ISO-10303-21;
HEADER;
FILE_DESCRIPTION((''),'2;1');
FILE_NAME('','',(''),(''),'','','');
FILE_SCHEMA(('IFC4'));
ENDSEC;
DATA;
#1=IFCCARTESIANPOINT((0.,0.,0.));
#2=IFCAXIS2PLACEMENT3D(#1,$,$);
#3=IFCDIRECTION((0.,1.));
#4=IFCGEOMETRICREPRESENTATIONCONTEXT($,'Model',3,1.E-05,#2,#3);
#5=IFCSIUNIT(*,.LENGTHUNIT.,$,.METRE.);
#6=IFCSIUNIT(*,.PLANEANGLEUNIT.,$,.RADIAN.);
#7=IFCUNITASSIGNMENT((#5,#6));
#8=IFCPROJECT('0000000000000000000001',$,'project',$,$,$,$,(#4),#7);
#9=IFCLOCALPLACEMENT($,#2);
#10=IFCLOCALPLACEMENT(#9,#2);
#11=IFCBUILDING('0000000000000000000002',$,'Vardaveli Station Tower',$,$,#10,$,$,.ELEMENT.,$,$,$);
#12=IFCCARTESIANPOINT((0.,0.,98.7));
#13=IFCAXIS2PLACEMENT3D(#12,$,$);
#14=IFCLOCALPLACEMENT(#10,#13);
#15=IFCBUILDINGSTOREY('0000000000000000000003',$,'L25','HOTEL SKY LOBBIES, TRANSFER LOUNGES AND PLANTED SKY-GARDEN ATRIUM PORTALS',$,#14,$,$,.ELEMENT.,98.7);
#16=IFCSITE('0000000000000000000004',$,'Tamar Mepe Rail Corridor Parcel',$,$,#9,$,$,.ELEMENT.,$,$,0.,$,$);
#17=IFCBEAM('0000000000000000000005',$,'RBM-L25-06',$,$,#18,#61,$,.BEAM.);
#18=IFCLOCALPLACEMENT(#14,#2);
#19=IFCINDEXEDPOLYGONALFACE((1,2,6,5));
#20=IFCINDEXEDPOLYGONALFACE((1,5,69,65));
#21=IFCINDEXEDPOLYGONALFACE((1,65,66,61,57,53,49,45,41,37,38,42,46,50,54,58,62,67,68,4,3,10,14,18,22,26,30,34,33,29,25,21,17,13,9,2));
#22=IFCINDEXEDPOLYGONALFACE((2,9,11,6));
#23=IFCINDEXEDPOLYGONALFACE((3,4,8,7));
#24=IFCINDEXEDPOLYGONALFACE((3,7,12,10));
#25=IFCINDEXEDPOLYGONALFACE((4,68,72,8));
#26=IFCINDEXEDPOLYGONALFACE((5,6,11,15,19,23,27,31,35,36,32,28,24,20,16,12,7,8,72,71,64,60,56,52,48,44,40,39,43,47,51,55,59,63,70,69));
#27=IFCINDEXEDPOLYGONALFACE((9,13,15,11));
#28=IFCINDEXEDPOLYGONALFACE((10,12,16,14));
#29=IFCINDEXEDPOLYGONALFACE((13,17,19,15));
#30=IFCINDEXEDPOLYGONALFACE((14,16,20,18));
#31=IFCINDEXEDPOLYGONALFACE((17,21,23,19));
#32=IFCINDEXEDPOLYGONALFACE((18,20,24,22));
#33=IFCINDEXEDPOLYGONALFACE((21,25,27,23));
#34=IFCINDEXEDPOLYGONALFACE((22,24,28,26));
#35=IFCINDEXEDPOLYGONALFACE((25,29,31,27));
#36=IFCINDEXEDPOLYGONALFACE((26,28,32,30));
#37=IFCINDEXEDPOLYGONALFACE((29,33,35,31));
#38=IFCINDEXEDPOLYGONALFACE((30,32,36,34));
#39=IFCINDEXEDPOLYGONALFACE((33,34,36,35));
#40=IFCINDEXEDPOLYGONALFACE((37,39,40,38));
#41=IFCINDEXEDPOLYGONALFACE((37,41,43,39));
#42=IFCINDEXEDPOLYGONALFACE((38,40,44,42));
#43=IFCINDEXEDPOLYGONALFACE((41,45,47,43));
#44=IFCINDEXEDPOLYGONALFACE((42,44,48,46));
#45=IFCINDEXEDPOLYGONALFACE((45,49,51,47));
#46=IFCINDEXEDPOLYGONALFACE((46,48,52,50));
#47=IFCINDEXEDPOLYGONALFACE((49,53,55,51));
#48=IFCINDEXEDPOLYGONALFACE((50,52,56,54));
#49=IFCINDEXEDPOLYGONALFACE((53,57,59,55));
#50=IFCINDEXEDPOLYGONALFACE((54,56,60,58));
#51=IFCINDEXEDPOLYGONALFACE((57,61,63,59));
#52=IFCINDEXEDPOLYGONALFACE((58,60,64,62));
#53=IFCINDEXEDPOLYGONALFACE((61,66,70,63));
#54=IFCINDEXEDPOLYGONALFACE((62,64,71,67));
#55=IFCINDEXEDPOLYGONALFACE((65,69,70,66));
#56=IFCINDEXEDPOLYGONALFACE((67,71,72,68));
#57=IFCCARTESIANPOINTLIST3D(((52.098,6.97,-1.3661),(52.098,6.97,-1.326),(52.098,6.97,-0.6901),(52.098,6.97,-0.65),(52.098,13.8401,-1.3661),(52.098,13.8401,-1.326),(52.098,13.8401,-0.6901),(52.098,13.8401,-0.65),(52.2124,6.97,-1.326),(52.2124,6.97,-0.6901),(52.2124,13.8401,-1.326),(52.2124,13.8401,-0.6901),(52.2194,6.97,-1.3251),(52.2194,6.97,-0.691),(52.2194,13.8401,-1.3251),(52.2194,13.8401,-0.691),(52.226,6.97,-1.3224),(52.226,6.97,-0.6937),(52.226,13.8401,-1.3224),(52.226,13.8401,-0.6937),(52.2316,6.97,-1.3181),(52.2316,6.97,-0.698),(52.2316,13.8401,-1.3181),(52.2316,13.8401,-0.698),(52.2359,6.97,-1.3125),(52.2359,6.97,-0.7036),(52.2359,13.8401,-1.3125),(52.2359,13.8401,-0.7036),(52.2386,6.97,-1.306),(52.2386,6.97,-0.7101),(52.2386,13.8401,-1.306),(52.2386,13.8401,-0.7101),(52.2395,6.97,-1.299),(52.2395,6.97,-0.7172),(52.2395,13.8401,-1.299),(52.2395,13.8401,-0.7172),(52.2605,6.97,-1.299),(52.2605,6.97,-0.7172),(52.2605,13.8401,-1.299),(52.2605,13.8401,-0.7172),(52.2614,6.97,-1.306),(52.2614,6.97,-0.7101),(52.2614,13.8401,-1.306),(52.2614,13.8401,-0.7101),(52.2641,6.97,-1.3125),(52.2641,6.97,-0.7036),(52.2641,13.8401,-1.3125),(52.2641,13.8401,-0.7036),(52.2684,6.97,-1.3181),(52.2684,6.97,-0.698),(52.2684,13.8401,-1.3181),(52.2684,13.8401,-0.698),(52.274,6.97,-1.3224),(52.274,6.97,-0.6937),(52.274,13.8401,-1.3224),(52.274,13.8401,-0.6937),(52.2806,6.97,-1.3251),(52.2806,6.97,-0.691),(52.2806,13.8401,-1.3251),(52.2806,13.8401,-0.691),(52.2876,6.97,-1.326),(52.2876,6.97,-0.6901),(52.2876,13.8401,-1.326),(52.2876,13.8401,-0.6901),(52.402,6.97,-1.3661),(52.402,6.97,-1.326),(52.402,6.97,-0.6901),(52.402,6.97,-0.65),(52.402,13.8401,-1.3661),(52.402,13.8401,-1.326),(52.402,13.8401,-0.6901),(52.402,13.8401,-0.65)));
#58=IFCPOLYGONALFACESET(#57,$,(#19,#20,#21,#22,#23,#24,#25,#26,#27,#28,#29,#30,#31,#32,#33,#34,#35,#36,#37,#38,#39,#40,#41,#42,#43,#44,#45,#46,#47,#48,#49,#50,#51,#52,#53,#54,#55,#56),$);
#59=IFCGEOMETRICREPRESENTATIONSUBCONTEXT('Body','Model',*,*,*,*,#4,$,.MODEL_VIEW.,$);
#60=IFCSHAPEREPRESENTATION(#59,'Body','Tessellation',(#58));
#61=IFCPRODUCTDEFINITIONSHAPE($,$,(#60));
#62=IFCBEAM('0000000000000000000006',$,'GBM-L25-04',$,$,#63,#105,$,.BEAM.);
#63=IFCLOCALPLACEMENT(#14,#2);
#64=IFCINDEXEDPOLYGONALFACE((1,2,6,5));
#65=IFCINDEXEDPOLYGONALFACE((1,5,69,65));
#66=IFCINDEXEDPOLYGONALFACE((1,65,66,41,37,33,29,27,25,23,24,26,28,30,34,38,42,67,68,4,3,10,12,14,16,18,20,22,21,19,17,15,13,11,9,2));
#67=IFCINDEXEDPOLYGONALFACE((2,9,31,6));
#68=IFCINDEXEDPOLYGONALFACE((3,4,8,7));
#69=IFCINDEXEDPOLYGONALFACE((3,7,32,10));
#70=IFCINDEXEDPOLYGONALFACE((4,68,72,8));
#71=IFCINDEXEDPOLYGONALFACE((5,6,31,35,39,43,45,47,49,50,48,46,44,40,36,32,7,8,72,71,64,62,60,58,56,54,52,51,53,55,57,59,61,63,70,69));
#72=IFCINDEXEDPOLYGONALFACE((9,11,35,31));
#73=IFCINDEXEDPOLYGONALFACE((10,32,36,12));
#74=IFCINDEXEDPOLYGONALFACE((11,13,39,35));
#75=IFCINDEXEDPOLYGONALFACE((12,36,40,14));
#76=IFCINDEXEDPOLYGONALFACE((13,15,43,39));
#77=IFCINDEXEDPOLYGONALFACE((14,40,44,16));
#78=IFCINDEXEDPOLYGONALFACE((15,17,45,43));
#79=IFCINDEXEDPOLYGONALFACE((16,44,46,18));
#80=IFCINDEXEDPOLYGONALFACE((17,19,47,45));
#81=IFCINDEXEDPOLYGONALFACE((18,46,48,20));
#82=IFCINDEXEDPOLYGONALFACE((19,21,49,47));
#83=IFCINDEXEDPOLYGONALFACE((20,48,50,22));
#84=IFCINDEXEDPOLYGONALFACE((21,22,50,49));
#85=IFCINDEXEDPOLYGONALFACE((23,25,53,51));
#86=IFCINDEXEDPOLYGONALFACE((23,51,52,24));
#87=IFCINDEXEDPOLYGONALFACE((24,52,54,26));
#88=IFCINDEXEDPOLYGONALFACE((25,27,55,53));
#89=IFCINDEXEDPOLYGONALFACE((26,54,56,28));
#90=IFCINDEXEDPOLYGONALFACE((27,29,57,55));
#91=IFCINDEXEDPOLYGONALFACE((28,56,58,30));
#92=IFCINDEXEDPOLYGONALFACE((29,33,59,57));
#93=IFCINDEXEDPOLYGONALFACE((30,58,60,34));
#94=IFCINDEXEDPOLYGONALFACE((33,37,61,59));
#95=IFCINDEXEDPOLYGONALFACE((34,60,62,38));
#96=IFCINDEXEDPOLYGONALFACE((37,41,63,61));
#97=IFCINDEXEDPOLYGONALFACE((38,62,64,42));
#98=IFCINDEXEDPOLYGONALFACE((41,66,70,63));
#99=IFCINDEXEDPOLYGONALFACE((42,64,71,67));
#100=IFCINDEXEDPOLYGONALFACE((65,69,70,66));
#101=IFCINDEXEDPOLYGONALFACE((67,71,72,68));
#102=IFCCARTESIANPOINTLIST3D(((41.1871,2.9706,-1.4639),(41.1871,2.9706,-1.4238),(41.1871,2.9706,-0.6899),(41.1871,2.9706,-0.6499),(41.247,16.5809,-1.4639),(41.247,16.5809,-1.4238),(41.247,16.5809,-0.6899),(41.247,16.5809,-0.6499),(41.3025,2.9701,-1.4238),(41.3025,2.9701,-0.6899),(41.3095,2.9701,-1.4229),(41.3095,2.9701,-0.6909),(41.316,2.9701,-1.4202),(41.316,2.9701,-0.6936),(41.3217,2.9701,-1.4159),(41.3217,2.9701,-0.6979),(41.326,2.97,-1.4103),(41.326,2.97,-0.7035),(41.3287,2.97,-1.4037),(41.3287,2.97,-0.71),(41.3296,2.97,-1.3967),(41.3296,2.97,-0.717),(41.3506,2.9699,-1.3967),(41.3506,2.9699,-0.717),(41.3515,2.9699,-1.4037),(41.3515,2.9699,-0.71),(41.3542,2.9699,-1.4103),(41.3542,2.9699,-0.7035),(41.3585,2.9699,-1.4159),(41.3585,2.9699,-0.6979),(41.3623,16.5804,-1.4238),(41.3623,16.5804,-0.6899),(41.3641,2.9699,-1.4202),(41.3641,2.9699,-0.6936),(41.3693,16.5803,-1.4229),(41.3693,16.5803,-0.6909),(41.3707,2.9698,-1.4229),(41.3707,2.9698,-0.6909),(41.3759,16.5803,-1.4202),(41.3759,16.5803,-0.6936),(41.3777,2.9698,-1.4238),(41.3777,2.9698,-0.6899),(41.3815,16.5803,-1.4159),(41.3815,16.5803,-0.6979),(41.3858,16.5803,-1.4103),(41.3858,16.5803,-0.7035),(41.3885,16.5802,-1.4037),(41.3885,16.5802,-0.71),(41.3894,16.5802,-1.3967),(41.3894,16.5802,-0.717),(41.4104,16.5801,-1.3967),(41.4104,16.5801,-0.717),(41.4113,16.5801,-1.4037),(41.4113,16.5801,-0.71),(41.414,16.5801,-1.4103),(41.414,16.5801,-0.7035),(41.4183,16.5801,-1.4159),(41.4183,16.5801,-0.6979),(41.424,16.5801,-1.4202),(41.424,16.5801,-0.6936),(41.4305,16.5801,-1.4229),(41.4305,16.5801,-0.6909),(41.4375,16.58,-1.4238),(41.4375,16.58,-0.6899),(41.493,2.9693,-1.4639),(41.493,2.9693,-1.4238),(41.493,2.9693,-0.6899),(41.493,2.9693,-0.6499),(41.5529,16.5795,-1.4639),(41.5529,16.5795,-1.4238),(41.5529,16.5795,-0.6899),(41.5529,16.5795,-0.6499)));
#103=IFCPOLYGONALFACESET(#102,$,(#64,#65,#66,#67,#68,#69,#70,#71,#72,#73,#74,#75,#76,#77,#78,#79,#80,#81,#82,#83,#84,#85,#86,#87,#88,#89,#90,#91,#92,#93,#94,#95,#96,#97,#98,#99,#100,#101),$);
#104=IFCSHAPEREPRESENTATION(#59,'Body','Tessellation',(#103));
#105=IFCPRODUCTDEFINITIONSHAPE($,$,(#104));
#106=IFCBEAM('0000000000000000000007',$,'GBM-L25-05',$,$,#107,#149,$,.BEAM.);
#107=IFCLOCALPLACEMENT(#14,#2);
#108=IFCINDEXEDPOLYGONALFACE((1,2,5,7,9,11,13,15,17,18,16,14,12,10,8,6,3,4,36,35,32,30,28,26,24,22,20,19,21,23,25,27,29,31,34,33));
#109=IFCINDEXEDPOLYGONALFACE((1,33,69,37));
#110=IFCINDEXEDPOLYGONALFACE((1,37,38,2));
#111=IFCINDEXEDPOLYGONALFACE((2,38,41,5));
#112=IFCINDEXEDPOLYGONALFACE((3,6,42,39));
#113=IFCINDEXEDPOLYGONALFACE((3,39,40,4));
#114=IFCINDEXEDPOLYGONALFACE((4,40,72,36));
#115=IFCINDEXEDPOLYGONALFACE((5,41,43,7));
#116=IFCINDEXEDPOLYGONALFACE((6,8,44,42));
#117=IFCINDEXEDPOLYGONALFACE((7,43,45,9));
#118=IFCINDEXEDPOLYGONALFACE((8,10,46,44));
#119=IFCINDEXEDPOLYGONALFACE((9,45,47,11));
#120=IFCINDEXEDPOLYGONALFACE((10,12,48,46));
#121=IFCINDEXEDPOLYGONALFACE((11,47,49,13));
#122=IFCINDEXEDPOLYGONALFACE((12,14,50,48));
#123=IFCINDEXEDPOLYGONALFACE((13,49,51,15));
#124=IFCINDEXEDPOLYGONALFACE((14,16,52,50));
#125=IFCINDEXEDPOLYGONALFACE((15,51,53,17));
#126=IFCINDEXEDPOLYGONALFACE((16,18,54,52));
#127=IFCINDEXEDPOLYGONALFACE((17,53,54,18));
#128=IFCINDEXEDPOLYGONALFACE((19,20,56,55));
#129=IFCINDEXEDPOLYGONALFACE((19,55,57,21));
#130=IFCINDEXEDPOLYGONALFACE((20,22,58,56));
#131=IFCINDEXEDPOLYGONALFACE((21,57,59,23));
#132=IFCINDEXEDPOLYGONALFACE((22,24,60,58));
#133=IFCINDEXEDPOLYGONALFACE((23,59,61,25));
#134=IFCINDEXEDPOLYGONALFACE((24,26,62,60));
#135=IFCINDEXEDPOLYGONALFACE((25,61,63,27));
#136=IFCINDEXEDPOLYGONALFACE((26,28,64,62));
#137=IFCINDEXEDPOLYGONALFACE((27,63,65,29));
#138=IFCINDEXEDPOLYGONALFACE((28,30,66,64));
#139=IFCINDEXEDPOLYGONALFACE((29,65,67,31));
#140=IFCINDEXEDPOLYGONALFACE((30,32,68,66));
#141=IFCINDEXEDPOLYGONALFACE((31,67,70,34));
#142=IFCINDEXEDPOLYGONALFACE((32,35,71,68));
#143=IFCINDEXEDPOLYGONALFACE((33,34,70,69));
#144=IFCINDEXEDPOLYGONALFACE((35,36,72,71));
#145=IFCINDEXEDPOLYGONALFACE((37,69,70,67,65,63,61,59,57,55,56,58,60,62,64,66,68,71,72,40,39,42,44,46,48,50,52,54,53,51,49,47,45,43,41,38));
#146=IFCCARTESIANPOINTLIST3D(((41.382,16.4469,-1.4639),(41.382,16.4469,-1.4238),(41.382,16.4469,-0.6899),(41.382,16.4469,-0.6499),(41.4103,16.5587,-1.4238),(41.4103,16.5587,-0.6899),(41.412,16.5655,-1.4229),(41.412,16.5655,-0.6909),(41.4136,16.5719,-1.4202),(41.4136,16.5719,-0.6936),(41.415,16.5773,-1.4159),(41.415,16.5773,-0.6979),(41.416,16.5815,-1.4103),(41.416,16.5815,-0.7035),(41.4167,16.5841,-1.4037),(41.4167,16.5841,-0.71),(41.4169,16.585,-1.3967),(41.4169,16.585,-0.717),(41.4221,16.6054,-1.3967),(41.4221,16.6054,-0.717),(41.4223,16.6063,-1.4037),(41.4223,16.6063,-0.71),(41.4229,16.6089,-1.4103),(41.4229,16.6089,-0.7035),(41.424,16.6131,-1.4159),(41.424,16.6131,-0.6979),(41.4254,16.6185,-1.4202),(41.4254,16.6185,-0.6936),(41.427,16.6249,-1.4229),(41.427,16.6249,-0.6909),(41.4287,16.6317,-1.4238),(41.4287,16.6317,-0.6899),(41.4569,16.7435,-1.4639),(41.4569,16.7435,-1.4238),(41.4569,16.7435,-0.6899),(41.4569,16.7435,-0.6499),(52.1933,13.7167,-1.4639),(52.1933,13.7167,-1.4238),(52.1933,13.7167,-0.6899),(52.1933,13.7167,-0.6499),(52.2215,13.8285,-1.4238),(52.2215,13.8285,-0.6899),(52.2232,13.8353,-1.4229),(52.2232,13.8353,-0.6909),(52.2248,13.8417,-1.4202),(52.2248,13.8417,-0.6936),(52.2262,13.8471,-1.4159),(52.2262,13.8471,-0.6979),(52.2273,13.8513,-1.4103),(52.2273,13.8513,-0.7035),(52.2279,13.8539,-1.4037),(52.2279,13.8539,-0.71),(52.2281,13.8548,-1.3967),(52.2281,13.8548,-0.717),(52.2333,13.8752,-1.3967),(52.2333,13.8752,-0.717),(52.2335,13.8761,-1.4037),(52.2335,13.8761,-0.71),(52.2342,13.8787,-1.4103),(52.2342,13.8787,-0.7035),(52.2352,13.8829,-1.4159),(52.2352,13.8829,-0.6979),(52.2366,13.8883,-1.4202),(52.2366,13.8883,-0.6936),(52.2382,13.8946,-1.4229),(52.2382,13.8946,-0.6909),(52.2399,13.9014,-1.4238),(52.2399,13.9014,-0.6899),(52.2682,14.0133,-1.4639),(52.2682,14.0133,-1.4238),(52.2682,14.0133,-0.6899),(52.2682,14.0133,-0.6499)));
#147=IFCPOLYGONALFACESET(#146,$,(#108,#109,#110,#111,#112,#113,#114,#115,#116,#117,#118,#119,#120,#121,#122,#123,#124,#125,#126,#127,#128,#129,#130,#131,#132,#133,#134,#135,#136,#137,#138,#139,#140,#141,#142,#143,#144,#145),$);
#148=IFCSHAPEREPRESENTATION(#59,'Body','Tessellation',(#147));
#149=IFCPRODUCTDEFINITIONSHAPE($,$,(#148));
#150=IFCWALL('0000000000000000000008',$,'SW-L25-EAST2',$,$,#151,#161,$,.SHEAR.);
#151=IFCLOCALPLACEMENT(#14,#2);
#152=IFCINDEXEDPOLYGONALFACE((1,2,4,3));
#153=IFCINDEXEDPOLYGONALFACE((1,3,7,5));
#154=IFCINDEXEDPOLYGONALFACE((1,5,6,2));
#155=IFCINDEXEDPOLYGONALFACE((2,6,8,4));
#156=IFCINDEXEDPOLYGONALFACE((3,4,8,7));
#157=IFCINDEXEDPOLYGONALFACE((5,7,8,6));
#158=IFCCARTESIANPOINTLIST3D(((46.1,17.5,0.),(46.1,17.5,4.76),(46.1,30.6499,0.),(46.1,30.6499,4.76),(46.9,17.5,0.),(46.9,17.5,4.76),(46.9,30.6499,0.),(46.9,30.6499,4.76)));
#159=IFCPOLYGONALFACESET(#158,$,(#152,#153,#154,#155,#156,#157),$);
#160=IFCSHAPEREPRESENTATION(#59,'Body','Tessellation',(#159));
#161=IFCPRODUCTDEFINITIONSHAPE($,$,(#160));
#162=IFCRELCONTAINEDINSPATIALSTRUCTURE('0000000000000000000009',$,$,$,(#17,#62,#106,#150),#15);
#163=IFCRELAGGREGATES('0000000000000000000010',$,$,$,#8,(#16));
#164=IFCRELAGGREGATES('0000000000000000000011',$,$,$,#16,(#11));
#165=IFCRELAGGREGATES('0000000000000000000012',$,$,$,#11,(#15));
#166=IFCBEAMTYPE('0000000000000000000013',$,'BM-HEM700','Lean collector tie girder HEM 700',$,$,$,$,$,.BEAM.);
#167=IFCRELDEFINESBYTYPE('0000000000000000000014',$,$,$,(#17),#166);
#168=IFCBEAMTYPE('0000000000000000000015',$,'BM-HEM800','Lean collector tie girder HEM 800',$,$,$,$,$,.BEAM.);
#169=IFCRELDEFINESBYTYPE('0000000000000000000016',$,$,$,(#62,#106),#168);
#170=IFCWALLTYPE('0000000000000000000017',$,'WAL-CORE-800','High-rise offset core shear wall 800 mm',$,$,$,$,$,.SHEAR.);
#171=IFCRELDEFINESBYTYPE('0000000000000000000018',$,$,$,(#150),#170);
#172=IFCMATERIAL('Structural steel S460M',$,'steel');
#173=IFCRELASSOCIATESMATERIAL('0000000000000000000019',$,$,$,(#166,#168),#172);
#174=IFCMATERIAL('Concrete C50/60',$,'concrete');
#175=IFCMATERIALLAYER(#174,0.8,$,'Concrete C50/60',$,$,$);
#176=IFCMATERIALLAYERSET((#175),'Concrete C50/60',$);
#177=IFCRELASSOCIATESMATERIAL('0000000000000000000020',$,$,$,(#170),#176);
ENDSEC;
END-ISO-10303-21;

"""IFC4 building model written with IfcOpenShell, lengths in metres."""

from ifc_helpers import new_model, si_unit, direction, frame, frame_2d, origin, origin_2d, place, context, subcontext, project, spatial, rectangle, i_section, extrude, source, transform, mapped, material, layer, layer_set, material_profile, profile_set, type_object, element, save


model = new_model("IFC4")

# Units and contexts
model_context = context("Model", 3, precision=1e-05, world=origin(), true_north=direction((0.0, 1.0)))
body_context = subcontext(model_context, "Body", "Model", "MODEL_VIEW")
ifc_project = project(units=[si_unit("LENGTHUNIT", "METRE"), si_unit("PLANEANGLEUNIT", "RADIAN")], contexts=[model_context])

# Site, building, storey
site_placement = place(None, origin())
site = spatial("IfcSite", under=ifc_project, at=site_placement, Name="Tamar Mepe Rail Corridor Parcel", CompositionType="ELEMENT", RefElevation=0.0)
building_placement = place(site_placement, origin())
building = spatial("IfcBuilding", under=site, at=building_placement, Name="Vardaveli Station Tower", CompositionType="ELEMENT")
storey_placement = place(building_placement, frame((0.0, 0.0, 98.7)))
storey = spatial("IfcBuildingStorey", under=building, at=storey_placement, Name="L25", Description="HOTEL SKY LOBBIES, TRANSFER LOUNGES AND PLANTED SKY-GARDEN ATRIUM PORTALS", CompositionType="ELEMENT", Elevation=98.7)

# Shared definitions
ifc_material_1 = material(Name="Structural steel S460M", Category="steel")

# Beams
ifc_material_profile_1 = material_profile(ifc_material_1, i_section(OverallWidth=0.304, OverallDepth=0.7161, WebThickness=0.021, FlangeThickness=0.04, FilletRadius=0.0271, at=origin_2d()), Name="HEM 700")
ifc_profile_set_1 = profile_set([ifc_material_profile_1], Name="Structural steel S460M")
beam_type_1 = type_object("IfcBeamType", Name="BM-HEM700", Description="Lean collector tie girder HEM 700", PredefinedType="BEAM", material=ifc_profile_set_1)
shared_shape_1 = source(origin(), body_context, "Body", "SweptSolid", [
    extrude(i_section(OverallWidth=0.304, OverallDepth=0.7161, WebThickness=0.021, FlangeThickness=0.04, FilletRadius=0.0271, at=origin_2d()), origin(), (0.0, 0.0, 1.0), 6.8701),
])
beam_1_placement = place(storey_placement, frame((52.25, 6.97, -1.0081), z_axis=(0.0, 1.0, 0.0), x_axis=(-1.0, 0.0, 0.0)))
element("IfcBeam", 1, at=beam_1_placement, inside=storey, type_object=beam_type_1, Name="RBM-L25-06", PredefinedType="BEAM", context=body_context, shape_type="MappedRepresentation", body=[
    mapped(shared_shape_1, transform((0.0, 0.0, 0.0), scale=1.0)),
])
ifc_material_profile_2 = material_profile(ifc_material_1, i_section(OverallWidth=0.3059, OverallDepth=0.814, WebThickness=0.021, FlangeThickness=0.04, FilletRadius=0.0271, at=origin_2d()), Name="HEM 800")
ifc_profile_set_2 = profile_set([ifc_material_profile_2], Name="Structural steel S460M")
beam_type_2 = type_object("IfcBeamType", Name="BM-HEM800", Description="Lean collector tie girder HEM 800", PredefinedType="BEAM", material=ifc_profile_set_2)
shared_shape_2 = source(origin(), body_context, "Body", "SweptSolid", [
    extrude(i_section(OverallWidth=0.3059, OverallDepth=0.814, WebThickness=0.021, FlangeThickness=0.04, FilletRadius=0.0271, at=origin_2d()), origin(), (0.0, 0.0, 1.0), 13.6104),
])
beam_2_placement = place(storey_placement, frame((41.3401, 2.97, -1.0569), z_axis=(0.004395, 0.99999, 0.0), x_axis=(-0.99999, 0.004395, 0.0)))
element("IfcBeam", 2, at=beam_2_placement, inside=storey, type_object=beam_type_2, Name="GBM-L25-04", PredefinedType="BEAM", context=body_context, shape_type="MappedRepresentation", body=[
    mapped(shared_shape_2, transform((0.0, 0.0, 0.0), scale=1.0)),
])
shared_shape_3 = source(origin(), body_context, "Body", "SweptSolid", [
    extrude(i_section(OverallWidth=0.3059, OverallDepth=0.814, WebThickness=0.021, FlangeThickness=0.04, FilletRadius=0.0271, at=origin_2d()), origin(), (0.0, 0.0, 1.0), 11.1506),
])
beam_3_placement = place(storey_placement, frame((52.2307, 13.865, -1.0569), z_axis=(-0.969561, 0.244848, 0.0), x_axis=(-0.244848, -0.969561, 0.0)))
element("IfcBeam", 3, at=beam_3_placement, inside=storey, type_object=beam_type_2, Name="GBM-L25-05", PredefinedType="BEAM", context=body_context, shape_type="MappedRepresentation", body=[
    mapped(shared_shape_3, transform((0.0, 0.0, 0.0), scale=1.0)),
])

# Wall
ifc_material_2 = material(Name="Concrete C50/60", Category="concrete")
ifc_layer_1 = layer(ifc_material_2, 0.8, Name="Concrete C50/60")
ifc_layer_set_1 = layer_set([ifc_layer_1], Name="Concrete C50/60")
wall_type_1 = type_object("IfcWallType", Name="WAL-CORE-800", Description="High-rise offset core shear wall 800 mm", PredefinedType="SHEAR", material=ifc_layer_set_1)
shared_shape_4 = source(origin(), body_context, "Body", "SweptSolid", [
    extrude(rectangle(XDim=13.1499, YDim=0.8, at=frame_2d((6.575, 0.0))), origin(), (0.0, 0.0, 1.0), 4.76),
])
wall_1_placement = place(storey_placement, frame((46.5, 17.5, 0.0), z_axis=(0.0, 0.0, 1.0), x_axis=(0.0, 1.0, 0.0)))
element("IfcWall", 4, at=wall_1_placement, inside=storey, type_object=wall_type_1, Name="SW-L25-EAST2", PredefinedType="SHEAR", context=body_context, shape_type="MappedRepresentation", body=[
    mapped(shared_shape_4, transform((0.0, 0.0, 0.0), scale=1.0)),
])

save(model, "model.ifc")
